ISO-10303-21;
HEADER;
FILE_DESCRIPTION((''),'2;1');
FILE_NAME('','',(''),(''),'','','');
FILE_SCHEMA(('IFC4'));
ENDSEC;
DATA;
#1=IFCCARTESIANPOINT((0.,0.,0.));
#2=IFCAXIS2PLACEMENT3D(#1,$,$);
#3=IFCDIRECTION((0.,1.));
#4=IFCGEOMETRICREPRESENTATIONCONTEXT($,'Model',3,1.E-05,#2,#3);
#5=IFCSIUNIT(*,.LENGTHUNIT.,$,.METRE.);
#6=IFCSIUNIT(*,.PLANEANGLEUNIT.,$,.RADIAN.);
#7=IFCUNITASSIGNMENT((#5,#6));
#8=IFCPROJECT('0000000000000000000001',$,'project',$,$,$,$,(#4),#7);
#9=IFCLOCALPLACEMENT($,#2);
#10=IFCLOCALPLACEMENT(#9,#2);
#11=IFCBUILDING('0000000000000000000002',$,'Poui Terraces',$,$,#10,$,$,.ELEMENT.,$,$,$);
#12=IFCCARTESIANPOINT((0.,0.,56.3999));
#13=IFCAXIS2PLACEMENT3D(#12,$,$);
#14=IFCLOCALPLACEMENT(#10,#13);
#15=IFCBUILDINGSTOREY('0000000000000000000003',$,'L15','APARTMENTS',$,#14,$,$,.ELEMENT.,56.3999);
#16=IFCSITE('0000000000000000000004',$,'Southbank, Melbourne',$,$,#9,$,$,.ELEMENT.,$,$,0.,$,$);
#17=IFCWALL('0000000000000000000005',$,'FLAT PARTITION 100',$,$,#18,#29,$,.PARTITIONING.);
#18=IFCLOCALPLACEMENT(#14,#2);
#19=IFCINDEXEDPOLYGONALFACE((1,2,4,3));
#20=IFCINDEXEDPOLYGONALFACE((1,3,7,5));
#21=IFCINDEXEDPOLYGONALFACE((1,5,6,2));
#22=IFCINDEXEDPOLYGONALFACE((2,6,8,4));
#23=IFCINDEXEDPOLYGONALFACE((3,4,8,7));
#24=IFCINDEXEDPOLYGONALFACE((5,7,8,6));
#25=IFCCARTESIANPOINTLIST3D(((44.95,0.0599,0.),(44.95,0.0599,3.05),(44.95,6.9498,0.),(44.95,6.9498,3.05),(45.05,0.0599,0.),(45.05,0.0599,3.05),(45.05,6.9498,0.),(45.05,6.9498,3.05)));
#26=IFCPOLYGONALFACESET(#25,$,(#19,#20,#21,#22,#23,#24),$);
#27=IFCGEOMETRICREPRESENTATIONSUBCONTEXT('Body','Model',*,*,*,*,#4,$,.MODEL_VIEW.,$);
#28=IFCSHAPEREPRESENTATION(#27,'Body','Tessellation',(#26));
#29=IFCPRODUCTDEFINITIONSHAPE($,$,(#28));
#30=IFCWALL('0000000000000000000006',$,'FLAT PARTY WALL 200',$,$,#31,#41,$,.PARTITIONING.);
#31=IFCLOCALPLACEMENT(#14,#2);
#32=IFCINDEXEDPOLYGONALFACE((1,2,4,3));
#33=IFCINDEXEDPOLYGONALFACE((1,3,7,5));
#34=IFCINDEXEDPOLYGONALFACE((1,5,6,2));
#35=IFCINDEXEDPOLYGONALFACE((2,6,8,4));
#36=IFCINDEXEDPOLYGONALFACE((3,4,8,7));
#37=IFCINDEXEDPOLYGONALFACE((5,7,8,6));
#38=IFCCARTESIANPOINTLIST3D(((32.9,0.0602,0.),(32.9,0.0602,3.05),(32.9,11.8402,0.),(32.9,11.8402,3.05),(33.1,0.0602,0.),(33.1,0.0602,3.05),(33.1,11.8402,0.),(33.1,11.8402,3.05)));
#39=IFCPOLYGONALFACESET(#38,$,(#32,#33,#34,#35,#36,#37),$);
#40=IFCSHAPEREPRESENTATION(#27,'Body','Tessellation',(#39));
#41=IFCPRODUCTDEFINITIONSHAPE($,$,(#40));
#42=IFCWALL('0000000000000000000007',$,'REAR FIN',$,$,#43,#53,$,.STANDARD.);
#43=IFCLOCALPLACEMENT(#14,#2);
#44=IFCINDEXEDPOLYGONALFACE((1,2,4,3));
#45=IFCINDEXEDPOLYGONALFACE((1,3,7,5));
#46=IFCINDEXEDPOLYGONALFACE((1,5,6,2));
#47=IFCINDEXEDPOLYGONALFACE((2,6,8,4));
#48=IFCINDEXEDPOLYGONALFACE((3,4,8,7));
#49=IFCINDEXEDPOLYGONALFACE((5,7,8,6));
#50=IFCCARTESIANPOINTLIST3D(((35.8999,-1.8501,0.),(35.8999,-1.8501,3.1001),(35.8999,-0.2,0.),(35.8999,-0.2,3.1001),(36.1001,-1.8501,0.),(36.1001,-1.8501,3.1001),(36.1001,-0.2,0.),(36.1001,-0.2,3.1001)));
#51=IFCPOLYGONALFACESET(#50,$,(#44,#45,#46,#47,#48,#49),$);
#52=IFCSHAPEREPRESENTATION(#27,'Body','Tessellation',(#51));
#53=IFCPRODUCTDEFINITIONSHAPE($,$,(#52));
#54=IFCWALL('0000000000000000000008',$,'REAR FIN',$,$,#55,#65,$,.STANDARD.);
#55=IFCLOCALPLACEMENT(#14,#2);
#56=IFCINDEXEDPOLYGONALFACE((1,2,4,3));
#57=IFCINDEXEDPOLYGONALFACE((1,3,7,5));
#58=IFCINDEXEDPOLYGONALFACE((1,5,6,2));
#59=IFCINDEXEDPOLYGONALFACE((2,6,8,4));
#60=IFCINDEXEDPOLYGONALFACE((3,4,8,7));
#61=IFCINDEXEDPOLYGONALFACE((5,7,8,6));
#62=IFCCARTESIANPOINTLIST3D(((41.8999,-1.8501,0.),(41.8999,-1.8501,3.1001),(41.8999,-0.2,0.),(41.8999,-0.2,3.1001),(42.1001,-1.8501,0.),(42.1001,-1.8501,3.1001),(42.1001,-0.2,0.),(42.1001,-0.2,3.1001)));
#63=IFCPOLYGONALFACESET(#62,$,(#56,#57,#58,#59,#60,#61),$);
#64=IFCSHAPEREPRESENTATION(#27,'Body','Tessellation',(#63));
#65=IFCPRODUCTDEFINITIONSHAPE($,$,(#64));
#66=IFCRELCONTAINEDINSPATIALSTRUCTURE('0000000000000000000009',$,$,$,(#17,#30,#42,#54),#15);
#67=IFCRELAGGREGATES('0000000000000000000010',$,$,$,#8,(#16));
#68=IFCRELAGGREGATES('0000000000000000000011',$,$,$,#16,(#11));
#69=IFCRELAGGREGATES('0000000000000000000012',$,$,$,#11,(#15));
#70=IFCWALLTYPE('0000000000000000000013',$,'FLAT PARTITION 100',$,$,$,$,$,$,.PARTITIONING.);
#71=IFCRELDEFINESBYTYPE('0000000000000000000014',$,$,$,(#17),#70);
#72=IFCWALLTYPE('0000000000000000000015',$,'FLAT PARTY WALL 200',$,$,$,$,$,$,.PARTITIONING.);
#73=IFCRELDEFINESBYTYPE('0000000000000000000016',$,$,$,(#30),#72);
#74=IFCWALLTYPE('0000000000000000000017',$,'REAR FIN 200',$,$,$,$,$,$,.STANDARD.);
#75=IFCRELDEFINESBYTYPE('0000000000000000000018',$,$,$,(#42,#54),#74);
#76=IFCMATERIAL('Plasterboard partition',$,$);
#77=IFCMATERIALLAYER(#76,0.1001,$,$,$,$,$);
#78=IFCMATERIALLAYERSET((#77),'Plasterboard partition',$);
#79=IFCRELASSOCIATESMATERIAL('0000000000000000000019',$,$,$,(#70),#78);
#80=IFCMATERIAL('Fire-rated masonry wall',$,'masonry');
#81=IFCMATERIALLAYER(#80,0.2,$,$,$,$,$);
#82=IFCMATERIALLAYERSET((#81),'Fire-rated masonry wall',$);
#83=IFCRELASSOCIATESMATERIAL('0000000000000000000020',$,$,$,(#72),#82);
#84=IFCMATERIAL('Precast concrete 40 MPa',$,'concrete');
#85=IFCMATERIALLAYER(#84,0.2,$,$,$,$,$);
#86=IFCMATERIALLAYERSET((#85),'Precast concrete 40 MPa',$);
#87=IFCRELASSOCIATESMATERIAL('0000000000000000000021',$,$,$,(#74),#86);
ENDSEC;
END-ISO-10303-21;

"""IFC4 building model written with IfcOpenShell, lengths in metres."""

from ifc_helpers import new_model, si_unit, direction, frame, frame_2d, origin, place, context, subcontext, project, spatial, polyline, rectangle, outline, extrude, source, transform, mapped, material, layer, layer_set, type_object, element, save


model = new_model("IFC4")

# Units and contexts
model_context = context("Model", 3, precision=1e-05, world=origin(), true_north=direction((0.0, 1.0)))
body_context = subcontext(model_context, "Body", "Model", "MODEL_VIEW")
ifc_project = project(units=[si_unit("LENGTHUNIT", "METRE"), si_unit("PLANEANGLEUNIT", "RADIAN")], contexts=[model_context])

# Site, building, storey
site_placement = place(None, origin())
site = spatial("IfcSite", under=ifc_project, at=site_placement, Name="Southbank, Melbourne", CompositionType="ELEMENT", RefElevation=0.0)
building_placement = place(site_placement, origin())
building = spatial("IfcBuilding", under=site, at=building_placement, Name="Poui Terraces", CompositionType="ELEMENT")
storey_placement = place(building_placement, frame((0.0, 0.0, 56.3999)))
storey = spatial("IfcBuildingStorey", under=building, at=storey_placement, Name="L15", Description="APARTMENTS", CompositionType="ELEMENT", Elevation=56.3999)

# Shared definitions
ifc_material_1 = material(Name="Precast concrete 40 MPa", Category="concrete")

# Shared definitions
ifc_material_2 = material(Name="Plasterboard partition")
ifc_layer_1 = layer(ifc_material_2, 0.1001)
ifc_layer_set_1 = layer_set([ifc_layer_1], Name="Plasterboard partition")
wall_type_1 = type_object("IfcWallType", Name="FLAT PARTITION 100", PredefinedType="PARTITIONING", material=ifc_layer_set_1)

# Walls
wall_1_placement = place(storey_placement, frame((45.0, 0.0601, 0.0), z_axis=(0.0, 0.0, 1.0), x_axis=(0.0, 1.0, 0.0)))
element("IfcWall", 1, at=wall_1_placement, inside=storey, type_object=wall_type_1, Name="FLAT PARTITION 100", PredefinedType="PARTITIONING", context=body_context, shape_type="SweptSolid", body=[
    extrude(rectangle(XDim=6.8899, YDim=0.1001, at=frame_2d((3.4448, 0.0))), origin(), (0.0, 0.0, 1.0), 3.05),
])
ifc_material_3 = material(Name="Fire-rated masonry wall", Category="masonry")
ifc_layer_2 = layer(ifc_material_3, 0.2)
ifc_layer_set_2 = layer_set([ifc_layer_2], Name="Fire-rated masonry wall")
wall_type_2 = type_object("IfcWallType", Name="FLAT PARTY WALL 200", PredefinedType="PARTITIONING", material=ifc_layer_set_2)
wall_2_placement = place(storey_placement, frame((33.0, 0.0601, 0.0), z_axis=(0.0, 0.0, 1.0), x_axis=(0.0, 1.0, 0.0)))
element("IfcWall", 2, at=wall_2_placement, inside=storey, type_object=wall_type_2, Name="FLAT PARTY WALL 200", PredefinedType="PARTITIONING", context=body_context, shape_type="SweptSolid", body=[
    extrude(rectangle(XDim=11.78, YDim=0.2, at=frame_2d((5.8901, 0.0))), origin(), (0.0, 0.0, 1.0), 3.05),
])
ifc_layer_3 = layer(ifc_material_1, 0.2)
ifc_layer_set_3 = layer_set([ifc_layer_3], Name="Precast concrete 40 MPa")
wall_type_3 = type_object("IfcWallType", Name="REAR FIN 200", PredefinedType="STANDARD", material=ifc_layer_set_3)
shared_shape_1 = source(origin(), body_context, "Body", "SweptSolid", [
    extrude(outline(polyline([(0.0, 0.0), (0.2002, 0.0), (0.2002, 1.6501), (0.0, 1.6501), (0.0, 0.0)])), origin(), (0.0, 0.0, 1.0), 3.1001),
])
for number, where, name in (
    (3, (35.8999, -1.8501, 0.0), "REAR FIN"),
    (4, (41.8999, -1.8501, 0.0), "REAR FIN"),
):
    element("IfcWall", number, at=place(storey_placement, frame(where)), inside=storey, type_object=wall_type_3, Name=name, PredefinedType="STANDARD", context=body_context, shape_type="MappedRepresentation", body=[
        mapped(shared_shape_1, transform((0.0, 0.0, 0.0))),
    ])

save(model, "model.ifc")
